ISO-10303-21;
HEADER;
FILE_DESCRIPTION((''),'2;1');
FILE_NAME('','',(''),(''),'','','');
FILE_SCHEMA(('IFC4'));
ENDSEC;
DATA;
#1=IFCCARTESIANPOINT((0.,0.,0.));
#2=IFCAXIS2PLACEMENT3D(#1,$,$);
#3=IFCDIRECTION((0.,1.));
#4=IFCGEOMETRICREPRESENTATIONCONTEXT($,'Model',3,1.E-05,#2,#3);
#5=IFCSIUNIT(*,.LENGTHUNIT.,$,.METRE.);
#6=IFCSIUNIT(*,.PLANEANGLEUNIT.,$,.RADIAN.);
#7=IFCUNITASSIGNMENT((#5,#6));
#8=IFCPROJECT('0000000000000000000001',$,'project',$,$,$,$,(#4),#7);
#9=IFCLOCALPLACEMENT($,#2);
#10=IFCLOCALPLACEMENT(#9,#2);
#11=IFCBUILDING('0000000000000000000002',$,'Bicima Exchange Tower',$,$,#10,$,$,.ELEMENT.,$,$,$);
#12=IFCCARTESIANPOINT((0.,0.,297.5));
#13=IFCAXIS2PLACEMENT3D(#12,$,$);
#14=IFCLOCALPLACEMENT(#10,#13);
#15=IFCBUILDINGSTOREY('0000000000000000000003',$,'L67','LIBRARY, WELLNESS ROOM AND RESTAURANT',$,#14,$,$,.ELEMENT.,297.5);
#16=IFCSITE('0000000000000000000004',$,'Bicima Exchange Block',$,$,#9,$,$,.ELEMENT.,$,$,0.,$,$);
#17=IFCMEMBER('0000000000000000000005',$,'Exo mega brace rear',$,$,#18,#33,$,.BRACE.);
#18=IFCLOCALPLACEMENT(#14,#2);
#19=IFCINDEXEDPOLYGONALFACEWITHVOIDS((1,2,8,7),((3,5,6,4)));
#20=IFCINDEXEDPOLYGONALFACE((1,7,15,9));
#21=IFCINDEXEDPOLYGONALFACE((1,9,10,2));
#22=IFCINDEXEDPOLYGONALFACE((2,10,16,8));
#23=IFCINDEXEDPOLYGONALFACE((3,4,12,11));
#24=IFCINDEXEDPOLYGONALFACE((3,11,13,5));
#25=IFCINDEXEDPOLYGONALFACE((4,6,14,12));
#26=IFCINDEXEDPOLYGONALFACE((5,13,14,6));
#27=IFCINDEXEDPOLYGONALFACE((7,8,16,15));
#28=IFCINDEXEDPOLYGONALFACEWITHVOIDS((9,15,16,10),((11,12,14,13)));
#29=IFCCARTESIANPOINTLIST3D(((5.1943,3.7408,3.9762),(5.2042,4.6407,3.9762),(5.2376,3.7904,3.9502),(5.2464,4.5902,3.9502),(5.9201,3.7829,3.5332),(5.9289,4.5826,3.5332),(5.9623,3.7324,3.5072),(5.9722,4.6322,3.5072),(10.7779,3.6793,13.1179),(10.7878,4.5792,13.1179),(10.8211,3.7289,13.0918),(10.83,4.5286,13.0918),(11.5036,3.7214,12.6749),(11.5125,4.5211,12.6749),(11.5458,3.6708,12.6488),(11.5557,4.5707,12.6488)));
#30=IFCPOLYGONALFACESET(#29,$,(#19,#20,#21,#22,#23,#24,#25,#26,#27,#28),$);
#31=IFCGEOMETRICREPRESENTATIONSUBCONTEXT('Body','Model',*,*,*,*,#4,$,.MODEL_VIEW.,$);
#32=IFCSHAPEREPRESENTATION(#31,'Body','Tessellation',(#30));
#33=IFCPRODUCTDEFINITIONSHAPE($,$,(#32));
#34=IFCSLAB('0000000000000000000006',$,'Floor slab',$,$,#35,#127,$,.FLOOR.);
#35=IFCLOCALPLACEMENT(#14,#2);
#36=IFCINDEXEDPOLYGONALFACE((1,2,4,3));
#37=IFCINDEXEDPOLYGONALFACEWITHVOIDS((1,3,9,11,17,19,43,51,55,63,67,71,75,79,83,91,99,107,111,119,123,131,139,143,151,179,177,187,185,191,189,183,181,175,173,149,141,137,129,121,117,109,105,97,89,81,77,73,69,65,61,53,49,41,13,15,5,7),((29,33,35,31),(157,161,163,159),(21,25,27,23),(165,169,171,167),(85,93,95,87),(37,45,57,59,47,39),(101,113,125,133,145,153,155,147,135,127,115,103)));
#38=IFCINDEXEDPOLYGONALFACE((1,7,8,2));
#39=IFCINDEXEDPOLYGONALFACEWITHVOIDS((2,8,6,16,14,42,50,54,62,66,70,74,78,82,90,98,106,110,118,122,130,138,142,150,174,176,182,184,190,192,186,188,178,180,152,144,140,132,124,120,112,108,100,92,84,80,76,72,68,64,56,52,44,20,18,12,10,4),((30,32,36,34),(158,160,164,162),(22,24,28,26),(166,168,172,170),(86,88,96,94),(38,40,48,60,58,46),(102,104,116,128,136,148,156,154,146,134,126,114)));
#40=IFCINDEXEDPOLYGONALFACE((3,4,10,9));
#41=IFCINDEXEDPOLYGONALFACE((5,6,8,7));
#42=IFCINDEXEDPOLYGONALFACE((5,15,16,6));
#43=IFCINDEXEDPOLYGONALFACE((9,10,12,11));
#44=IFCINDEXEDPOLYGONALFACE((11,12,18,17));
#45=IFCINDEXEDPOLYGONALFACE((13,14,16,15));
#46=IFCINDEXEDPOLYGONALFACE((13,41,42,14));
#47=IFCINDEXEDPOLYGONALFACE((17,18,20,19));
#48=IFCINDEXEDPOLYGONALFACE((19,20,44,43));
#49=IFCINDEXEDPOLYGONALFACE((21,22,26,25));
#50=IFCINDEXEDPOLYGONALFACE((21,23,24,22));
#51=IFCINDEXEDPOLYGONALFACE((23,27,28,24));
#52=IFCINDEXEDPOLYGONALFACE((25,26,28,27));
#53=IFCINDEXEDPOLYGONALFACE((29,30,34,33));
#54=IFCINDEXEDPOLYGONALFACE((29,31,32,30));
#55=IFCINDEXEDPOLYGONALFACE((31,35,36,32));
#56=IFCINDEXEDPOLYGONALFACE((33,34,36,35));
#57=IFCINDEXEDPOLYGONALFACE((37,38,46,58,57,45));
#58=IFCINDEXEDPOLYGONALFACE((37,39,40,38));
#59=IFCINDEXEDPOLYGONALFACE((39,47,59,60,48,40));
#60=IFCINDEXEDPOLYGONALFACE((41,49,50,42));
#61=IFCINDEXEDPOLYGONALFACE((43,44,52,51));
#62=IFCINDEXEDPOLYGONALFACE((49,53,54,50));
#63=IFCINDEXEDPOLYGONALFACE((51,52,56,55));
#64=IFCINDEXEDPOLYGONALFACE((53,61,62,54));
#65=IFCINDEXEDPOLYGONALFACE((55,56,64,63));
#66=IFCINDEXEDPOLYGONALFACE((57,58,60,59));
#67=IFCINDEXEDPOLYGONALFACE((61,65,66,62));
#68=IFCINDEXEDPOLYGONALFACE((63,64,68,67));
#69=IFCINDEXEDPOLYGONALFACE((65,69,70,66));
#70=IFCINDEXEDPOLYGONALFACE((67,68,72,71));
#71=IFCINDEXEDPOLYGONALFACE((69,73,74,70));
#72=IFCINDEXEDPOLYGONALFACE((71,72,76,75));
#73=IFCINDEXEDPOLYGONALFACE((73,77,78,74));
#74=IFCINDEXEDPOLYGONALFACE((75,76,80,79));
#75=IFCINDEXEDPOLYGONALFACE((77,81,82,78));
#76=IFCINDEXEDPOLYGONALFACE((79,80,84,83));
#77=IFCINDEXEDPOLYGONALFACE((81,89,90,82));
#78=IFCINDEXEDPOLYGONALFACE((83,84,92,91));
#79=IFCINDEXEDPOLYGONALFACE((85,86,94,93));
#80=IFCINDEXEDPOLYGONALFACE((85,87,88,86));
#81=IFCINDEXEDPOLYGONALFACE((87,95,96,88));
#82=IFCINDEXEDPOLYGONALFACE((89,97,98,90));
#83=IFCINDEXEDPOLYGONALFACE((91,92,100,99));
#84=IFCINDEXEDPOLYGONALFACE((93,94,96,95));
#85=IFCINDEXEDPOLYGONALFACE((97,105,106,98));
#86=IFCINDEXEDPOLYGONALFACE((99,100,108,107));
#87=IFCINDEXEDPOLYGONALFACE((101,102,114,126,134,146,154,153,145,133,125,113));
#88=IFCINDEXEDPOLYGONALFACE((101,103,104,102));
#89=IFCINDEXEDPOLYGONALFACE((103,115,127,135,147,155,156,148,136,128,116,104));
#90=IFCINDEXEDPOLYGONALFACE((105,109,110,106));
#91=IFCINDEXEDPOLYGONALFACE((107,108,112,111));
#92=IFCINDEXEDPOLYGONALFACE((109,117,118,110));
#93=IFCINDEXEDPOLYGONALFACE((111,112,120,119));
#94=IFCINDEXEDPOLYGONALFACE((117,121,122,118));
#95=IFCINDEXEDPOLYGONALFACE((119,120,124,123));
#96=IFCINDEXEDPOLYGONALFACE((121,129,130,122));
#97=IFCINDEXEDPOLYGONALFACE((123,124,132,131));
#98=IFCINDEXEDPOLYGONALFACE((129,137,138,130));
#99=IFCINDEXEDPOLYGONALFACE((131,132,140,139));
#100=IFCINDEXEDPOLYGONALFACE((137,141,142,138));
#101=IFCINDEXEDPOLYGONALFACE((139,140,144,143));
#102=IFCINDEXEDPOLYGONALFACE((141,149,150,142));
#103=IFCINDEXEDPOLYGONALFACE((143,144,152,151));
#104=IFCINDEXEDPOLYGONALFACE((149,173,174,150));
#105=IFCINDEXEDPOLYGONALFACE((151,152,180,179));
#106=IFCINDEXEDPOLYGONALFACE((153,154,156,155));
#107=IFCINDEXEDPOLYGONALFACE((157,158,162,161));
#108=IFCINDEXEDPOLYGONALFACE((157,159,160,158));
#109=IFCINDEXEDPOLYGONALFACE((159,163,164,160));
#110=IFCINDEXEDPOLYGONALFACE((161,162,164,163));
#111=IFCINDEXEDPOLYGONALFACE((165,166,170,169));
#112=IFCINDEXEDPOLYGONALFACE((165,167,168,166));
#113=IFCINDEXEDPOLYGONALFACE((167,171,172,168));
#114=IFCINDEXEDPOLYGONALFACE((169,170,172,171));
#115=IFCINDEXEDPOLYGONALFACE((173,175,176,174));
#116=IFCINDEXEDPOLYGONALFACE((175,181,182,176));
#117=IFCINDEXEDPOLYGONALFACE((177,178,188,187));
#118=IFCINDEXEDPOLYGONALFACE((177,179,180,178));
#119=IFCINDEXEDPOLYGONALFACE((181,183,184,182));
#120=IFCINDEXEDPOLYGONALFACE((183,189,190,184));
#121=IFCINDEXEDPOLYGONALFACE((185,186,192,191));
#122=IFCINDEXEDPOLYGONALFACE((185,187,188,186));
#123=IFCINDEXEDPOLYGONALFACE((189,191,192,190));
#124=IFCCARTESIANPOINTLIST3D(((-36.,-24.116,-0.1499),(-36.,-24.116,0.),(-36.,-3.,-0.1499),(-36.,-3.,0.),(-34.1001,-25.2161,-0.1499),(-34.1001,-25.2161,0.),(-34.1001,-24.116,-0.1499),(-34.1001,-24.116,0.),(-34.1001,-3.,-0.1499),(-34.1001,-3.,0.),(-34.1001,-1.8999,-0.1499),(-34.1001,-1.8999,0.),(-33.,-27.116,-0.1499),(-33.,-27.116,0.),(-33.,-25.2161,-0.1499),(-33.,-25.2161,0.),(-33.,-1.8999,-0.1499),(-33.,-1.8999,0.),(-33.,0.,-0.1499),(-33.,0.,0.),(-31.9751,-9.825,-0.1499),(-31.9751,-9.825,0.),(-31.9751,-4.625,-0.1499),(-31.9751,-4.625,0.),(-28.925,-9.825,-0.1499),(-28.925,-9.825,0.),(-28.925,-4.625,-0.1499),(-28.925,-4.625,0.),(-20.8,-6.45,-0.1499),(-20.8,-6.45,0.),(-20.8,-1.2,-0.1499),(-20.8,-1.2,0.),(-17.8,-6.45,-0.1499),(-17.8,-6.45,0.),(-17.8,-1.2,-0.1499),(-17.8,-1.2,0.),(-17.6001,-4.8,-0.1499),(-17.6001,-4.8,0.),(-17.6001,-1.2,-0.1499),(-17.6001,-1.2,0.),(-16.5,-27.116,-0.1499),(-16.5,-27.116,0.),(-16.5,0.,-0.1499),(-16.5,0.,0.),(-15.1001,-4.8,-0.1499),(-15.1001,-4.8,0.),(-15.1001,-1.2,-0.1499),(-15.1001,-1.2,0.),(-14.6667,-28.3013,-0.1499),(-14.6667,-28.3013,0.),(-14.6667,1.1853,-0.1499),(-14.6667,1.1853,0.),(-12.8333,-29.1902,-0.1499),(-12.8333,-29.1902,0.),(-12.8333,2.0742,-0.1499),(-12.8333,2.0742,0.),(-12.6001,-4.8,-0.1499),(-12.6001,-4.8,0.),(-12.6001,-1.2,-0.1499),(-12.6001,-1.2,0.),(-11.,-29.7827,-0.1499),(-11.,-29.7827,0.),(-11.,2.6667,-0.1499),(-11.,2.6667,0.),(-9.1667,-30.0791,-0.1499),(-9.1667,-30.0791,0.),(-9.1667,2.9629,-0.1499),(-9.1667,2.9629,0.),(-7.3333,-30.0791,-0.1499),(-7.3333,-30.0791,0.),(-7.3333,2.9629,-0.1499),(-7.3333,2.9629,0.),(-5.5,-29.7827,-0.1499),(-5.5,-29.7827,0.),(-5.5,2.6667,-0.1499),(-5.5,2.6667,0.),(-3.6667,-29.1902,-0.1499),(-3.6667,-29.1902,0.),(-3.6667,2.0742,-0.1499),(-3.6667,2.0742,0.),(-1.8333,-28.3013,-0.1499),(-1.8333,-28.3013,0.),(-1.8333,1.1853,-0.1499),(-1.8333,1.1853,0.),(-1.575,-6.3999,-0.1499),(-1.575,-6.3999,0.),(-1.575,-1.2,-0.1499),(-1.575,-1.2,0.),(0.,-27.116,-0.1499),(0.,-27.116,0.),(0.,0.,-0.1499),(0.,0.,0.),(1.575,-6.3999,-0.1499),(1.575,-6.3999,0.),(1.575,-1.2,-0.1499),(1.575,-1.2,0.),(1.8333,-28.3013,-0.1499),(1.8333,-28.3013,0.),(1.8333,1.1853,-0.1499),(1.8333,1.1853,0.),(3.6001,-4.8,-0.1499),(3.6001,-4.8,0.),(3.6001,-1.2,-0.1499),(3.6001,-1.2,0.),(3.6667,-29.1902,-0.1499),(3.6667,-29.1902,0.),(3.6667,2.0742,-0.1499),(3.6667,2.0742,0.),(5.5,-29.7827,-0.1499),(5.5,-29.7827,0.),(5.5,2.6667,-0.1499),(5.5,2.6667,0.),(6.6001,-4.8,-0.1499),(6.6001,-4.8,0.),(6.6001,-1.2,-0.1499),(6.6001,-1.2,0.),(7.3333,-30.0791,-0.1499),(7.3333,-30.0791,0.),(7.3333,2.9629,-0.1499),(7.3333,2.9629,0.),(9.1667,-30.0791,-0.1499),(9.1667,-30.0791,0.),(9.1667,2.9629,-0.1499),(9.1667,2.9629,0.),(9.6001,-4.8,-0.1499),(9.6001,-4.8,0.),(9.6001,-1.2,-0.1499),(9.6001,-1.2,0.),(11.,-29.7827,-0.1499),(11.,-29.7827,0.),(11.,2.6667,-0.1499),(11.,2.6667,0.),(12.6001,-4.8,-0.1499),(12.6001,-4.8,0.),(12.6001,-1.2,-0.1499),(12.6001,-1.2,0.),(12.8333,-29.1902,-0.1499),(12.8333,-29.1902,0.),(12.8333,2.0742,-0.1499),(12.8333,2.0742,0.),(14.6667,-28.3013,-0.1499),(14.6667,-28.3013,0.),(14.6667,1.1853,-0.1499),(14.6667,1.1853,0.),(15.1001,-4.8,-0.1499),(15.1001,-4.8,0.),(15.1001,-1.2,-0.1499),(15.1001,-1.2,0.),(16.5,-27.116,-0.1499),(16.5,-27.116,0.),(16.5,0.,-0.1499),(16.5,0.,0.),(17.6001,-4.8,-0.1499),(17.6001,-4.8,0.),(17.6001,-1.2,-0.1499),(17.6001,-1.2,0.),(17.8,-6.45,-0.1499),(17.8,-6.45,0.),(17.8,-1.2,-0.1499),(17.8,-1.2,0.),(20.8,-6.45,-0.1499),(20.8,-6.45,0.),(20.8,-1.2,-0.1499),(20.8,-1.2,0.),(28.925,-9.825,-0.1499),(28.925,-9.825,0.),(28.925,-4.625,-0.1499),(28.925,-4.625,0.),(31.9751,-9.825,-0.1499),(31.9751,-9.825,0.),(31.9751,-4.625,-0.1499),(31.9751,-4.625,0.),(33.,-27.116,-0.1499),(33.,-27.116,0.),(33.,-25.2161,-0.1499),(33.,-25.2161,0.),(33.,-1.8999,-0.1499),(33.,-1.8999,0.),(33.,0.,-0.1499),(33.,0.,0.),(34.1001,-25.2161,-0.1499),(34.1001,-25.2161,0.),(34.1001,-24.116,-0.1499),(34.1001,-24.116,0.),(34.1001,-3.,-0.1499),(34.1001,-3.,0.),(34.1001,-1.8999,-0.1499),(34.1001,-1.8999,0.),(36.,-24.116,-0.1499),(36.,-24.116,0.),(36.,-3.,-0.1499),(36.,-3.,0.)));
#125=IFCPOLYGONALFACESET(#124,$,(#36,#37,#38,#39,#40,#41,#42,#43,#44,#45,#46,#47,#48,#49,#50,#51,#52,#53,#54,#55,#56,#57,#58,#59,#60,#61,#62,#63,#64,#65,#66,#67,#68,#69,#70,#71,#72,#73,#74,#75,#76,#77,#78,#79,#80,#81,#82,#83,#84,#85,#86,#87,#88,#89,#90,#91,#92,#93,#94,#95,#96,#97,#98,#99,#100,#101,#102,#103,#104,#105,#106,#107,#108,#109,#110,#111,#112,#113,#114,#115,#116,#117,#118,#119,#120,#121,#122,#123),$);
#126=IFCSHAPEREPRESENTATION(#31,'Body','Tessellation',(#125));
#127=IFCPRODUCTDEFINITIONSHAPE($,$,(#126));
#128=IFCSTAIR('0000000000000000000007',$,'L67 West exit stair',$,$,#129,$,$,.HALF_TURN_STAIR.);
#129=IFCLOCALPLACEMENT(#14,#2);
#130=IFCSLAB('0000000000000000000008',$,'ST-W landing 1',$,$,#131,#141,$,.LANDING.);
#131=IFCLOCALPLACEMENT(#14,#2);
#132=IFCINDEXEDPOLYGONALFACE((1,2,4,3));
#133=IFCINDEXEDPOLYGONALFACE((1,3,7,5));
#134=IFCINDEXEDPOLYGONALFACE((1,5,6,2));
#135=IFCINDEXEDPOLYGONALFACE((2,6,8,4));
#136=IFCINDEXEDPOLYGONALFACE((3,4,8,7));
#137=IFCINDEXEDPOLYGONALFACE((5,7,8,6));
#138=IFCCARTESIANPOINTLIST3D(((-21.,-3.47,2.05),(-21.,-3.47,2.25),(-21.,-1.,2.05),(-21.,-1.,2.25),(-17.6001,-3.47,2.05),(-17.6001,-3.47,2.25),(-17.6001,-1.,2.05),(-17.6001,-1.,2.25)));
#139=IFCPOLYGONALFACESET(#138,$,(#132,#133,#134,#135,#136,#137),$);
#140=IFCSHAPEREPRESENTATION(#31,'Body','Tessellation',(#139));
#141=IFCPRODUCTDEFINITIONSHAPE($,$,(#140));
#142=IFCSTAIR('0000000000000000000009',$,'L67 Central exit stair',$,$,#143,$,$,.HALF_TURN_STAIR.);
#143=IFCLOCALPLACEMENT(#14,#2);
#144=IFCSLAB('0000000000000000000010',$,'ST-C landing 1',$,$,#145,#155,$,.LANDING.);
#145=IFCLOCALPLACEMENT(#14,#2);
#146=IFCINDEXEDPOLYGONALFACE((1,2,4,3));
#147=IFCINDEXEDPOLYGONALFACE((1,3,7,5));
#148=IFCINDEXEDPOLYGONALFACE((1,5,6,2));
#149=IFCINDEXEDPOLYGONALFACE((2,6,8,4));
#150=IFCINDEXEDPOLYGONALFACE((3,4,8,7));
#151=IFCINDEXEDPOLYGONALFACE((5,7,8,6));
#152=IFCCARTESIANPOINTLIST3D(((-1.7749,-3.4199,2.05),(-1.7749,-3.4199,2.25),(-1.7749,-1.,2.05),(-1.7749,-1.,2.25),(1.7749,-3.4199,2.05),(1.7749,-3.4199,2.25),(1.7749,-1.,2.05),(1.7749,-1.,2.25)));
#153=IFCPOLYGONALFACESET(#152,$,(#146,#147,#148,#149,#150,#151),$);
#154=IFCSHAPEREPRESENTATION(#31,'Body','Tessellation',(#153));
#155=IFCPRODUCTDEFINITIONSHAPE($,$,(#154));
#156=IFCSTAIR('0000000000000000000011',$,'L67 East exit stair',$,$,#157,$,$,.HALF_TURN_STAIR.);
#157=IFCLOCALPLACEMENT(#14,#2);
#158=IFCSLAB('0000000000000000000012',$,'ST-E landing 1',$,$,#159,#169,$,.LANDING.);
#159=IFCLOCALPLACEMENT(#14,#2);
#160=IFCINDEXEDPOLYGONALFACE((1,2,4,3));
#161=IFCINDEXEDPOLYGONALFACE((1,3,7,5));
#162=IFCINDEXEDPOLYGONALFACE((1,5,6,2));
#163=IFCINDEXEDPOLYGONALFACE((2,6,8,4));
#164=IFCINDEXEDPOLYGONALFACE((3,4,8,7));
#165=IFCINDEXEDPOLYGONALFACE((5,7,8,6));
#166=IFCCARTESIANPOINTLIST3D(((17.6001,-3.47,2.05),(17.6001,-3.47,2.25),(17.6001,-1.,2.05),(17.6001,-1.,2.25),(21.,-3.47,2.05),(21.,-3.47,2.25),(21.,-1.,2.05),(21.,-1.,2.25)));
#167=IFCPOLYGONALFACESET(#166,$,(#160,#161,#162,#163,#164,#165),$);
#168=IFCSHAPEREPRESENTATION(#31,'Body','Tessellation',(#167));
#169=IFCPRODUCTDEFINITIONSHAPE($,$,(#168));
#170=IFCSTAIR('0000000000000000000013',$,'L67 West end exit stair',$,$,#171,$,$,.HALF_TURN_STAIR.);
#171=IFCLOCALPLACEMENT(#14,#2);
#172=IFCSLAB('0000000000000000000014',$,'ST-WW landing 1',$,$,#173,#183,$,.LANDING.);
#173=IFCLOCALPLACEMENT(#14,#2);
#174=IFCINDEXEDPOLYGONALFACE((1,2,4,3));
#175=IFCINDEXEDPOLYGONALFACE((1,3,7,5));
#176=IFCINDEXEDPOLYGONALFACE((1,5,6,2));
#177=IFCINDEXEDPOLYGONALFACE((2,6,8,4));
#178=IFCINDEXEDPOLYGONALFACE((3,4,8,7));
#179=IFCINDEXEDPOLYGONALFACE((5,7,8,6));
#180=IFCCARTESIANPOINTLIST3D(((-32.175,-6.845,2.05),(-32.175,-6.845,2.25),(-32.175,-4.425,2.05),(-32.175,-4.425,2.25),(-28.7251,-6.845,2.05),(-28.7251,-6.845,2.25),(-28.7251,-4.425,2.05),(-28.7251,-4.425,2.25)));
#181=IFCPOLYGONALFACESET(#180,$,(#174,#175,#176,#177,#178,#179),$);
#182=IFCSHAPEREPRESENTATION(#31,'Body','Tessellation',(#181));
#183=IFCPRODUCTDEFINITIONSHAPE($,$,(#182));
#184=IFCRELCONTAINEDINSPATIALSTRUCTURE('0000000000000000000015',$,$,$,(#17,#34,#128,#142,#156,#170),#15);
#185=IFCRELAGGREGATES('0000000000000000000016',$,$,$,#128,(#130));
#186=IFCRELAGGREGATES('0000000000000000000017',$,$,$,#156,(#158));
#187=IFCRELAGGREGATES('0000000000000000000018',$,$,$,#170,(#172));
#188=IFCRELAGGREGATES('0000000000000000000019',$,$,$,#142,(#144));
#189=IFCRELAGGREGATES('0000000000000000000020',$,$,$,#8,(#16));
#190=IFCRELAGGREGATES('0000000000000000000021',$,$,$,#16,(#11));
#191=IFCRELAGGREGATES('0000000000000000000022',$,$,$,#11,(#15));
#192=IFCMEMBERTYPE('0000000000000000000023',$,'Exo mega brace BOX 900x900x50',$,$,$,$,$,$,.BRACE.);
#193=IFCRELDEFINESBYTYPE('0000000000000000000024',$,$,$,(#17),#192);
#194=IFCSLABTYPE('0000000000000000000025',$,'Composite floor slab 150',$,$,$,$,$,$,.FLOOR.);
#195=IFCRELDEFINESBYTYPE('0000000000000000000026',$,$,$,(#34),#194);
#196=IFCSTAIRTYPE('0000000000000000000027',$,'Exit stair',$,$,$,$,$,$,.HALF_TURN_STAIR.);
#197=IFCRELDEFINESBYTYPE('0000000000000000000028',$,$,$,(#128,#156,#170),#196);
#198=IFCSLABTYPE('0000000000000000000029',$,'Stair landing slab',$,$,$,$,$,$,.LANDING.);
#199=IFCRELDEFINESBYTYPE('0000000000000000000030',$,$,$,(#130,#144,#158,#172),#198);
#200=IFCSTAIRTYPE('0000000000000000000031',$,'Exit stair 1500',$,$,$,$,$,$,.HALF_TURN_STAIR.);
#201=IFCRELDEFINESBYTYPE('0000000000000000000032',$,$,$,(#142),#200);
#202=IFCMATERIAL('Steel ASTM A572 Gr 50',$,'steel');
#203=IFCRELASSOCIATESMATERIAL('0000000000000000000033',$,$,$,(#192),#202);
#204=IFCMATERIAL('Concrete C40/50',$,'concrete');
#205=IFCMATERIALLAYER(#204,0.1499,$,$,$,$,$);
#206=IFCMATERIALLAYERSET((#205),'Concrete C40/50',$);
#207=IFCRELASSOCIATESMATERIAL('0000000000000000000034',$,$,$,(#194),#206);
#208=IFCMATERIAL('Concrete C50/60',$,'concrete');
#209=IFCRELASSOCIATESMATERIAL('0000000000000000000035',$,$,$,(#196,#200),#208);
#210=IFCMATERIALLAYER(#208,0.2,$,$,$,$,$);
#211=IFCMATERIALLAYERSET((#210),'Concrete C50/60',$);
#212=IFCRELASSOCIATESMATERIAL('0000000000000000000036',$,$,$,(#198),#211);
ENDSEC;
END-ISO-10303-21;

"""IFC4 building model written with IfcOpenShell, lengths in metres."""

from ifc_helpers import new_model, si_unit, direction, frame, origin, origin_2d, place, context, subcontext, project, spatial, polyline, hollow_rectangle, outline, extrude, material, layer, layer_set, material_profile, profile_set, type_object, element, aggregate, save


model = new_model("IFC4")

# Units and contexts
model_context = context("Model", 3, precision=1e-05, world=origin(), true_north=direction((0.0, 1.0)))
body_context = subcontext(model_context, "Body", "Model", "MODEL_VIEW")
ifc_project = project(units=[si_unit("LENGTHUNIT", "METRE"), si_unit("PLANEANGLEUNIT", "RADIAN")], contexts=[model_context])

# Site, building, storey
site_placement = place(None, origin())
site = spatial("IfcSite", under=ifc_project, at=site_placement, Name="Bicima Exchange Block", CompositionType="ELEMENT", RefElevation=0.0)
building_placement = place(site_placement, origin())
building = spatial("IfcBuilding", under=site, at=building_placement, Name="Bicima Exchange Tower", CompositionType="ELEMENT")
storey_placement = place(building_placement, frame((0.0, 0.0, 297.5)))
storey = spatial("IfcBuildingStorey", under=building, at=storey_placement, Name="L67", Description="LIBRARY, WELLNESS ROOM AND RESTAURANT", CompositionType="ELEMENT", Elevation=297.5)

# Member
ifc_material_1 = material(Name="Steel ASTM A572 Gr 50", Category="steel")
ifc_material_profile = material_profile(ifc_material_1, hollow_rectangle(XDim=0.8999, YDim=0.8999, WallThickness=0.05, at=origin_2d()))
ifc_profile_set = profile_set([ifc_material_profile], Name="Steel ASTM A572 Gr 50")
member_type = type_object("IfcMemberType", Name="Exo mega brace BOX 900x900x50", PredefinedType="BRACE", material=ifc_profile_set)
member_placement = place(storey_placement, frame((5.5833, 4.1865, 3.7417), z_axis=(0.521235, -0.005743, 0.853394), x_axis=(0.011018, 0.999939, 0.0)))
element("IfcMember", 1, at=member_placement, inside=storey, type_object=member_type, Name="Exo mega brace rear", PredefinedType="BRACE", context=body_context, shape_type="SweptSolid", body=[
    extrude(hollow_rectangle(XDim=0.8999, YDim=0.8999, WallThickness=0.05, at=origin_2d()), origin(), (0.0, 0.0, 1.0), 10.7122),
])

# Slab
ifc_material_2 = material(Name="Concrete C40/50", Category="concrete")
ifc_layer_1 = layer(ifc_material_2, 0.1499)
ifc_layer_set_1 = layer_set([ifc_layer_1], Name="Concrete C40/50")
slab_type_1 = type_object("IfcSlabType", Name="Composite floor slab 150", PredefinedType="FLOOR", material=ifc_layer_set_1)
slab_1_placement = place(storey_placement, frame((0.0, 0.0, -0.1499)))
element("IfcSlab", 2, at=slab_1_placement, inside=storey, type_object=slab_type_1, Name="Floor slab", PredefinedType="FLOOR", context=body_context, shape_type="SweptSolid", body=[
    extrude(outline(polyline([(-36.0, -24.116), (-36.0, -3.0), (-34.1001, -3.0), (-34.1001, -1.8999), (-33.0, -1.8999), (-33.0, 0.0), (-16.5, 0.0), (-14.6667, 1.1853), (-12.8333, 2.0742), (-11.0, 2.6667), (-9.1667, 2.9629), (-7.3333, 2.9629), (-5.5, 2.6667), (-3.6667, 2.0742), (-1.8333, 1.1853), (0.0, 0.0), (1.8333, 1.1853), (3.6667, 2.0742), (5.5, 2.6667), (7.3333, 2.9629), (9.1667, 2.9629), (11.0, 2.6667), (12.8333, 2.0742), (14.6667, 1.1853), (16.5, 0.0), (33.0, 0.0), (33.0, -1.8999), (34.1001, -1.8999), (34.1001, -3.0), (36.0, -3.0), (36.0, -24.116), (34.1001, -24.116), (34.1001, -25.2161), (33.0, -25.2161), (33.0, -27.116), (16.5, -27.116), (14.6667, -28.3013), (12.8333, -29.1902), (11.0, -29.7827), (9.1667, -30.0791), (7.3333, -30.0791), (5.5, -29.7827), (3.6667, -29.1902), (1.8333, -28.3013), (0.0, -27.116), (-1.8333, -28.3013), (-3.6667, -29.1902), (-5.5, -29.7827), (-7.3333, -30.0791), (-9.1667, -30.0791), (-11.0, -29.7827), (-12.8333, -29.1902), (-14.6667, -28.3013), (-16.5, -27.116), (-33.0, -27.116), (-33.0, -25.2161), (-34.1001, -25.2161), (-34.1001, -24.116), (-36.0, -24.116)]), holes=[polyline([(-28.925, -9.825), (-28.925, -4.625), (-31.9751, -4.625), (-31.9751, -9.825), (-28.925, -9.825)]), polyline([(-20.8, -6.45), (-17.8, -6.45), (-17.8, -1.2), (-20.8, -1.2), (-20.8, -6.45)]), polyline([(-1.575, -6.3999), (1.575, -6.3999), (1.575, -1.2), (-1.575, -1.2), (-1.575, -6.3999)]), polyline([(-12.6001, -1.2), (-15.1001, -1.2), (-17.6001, -1.2), (-17.6001, -4.8), (-15.1001, -4.8), (-12.6001, -4.8), (-12.6001, -1.2)]), polyline([(3.6001, -4.8), (6.6001, -4.8), (9.6001, -4.8), (12.6001, -4.8), (15.1001, -4.8), (17.6001, -4.8), (17.6001, -1.2), (15.1001, -1.2), (12.6001, -1.2), (9.6001, -1.2), (6.6001, -1.2), (3.6001, -1.2), (3.6001, -4.8)]), polyline([(31.9751, -9.825), (31.9751, -4.625), (28.925, -4.625), (28.925, -9.825), (31.9751, -9.825)]), polyline([(17.8, -6.45), (20.8, -6.45), (20.8, -1.2), (17.8, -1.2), (17.8, -6.45)])]), origin(), (0.0, 0.0, 1.0), 0.1499),
])

# Stairs, slabs
ifc_material_3 = material(Name="Concrete C50/60", Category="concrete")
stair_type_1 = type_object("IfcStairType", Name="Exit stair", PredefinedType="HALF_TURN_STAIR", material=ifc_material_3)
stair_1_placement = place(storey_placement, origin())
stair_1 = element("IfcStair", 3, at=stair_1_placement, inside=storey, type_object=stair_type_1, Name="L67 West exit stair", PredefinedType="HALF_TURN_STAIR")
ifc_layer_2 = layer(ifc_material_3, 0.2)
ifc_layer_set_2 = layer_set([ifc_layer_2], Name="Concrete C50/60")
slab_type_2 = type_object("IfcSlabType", Name="Stair landing slab", PredefinedType="LANDING", material=ifc_layer_set_2)
slab_2_placement = place(storey_placement, frame((0.0, 0.0, 2.05)))
slab_2 = element("IfcSlab", 4, at=slab_2_placement, type_object=slab_type_2, Name="ST-W landing 1", PredefinedType="LANDING", context=body_context, shape_type="SweptSolid", body=[
    extrude(outline(polyline([(-17.6001, -3.47), (-17.6001, -1.0), (-21.0, -1.0), (-21.0, -3.47), (-17.6001, -3.47)])), origin(), (0.0, 0.0, 1.0), 0.2),
])
aggregate(stair_1, [slab_2])
stair_type_2 = type_object("IfcStairType", Name="Exit stair 1500", PredefinedType="HALF_TURN_STAIR", material=ifc_material_3)
stair_2_placement = place(storey_placement, origin())
stair_2 = element("IfcStair", 5, at=stair_2_placement, inside=storey, type_object=stair_type_2, Name="L67 Central exit stair", PredefinedType="HALF_TURN_STAIR")
slab_3_placement = place(storey_placement, frame((0.0, 0.0, 2.05)))
slab_3 = element("IfcSlab", 6, at=slab_3_placement, type_object=slab_type_2, Name="ST-C landing 1", PredefinedType="LANDING", context=body_context, shape_type="SweptSolid", body=[
    extrude(outline(polyline([(1.7749, -3.4199), (1.7749, -1.0), (-1.7749, -1.0), (-1.7749, -3.4199), (1.7749, -3.4199)])), origin(), (0.0, 0.0, 1.0), 0.2),
])
stair_3_placement = place(storey_placement, origin())
stair_3 = element("IfcStair", 7, at=stair_3_placement, inside=storey, type_object=stair_type_1, Name="L67 East exit stair", PredefinedType="HALF_TURN_STAIR")
slab_4_placement = place(storey_placement, frame((0.0, 0.0, 2.05)))
slab_4 = element("IfcSlab", 8, at=slab_4_placement, type_object=slab_type_2, Name="ST-E landing 1", PredefinedType="LANDING", context=body_context, shape_type="SweptSolid", body=[
    extrude(outline(polyline([(21.0, -3.47), (21.0, -1.0), (17.6001, -1.0), (17.6001, -3.47), (21.0, -3.47)])), origin(), (0.0, 0.0, 1.0), 0.2),
])
aggregate(stair_3, [slab_4])
stair_4_placement = place(storey_placement, origin())
stair_4 = element("IfcStair", 9, at=stair_4_placement, inside=storey, type_object=stair_type_1, Name="L67 West end exit stair", PredefinedType="HALF_TURN_STAIR")
slab_5_placement = place(storey_placement, frame((0.0, 0.0, 2.05)))
slab_5 = element("IfcSlab", 10, at=slab_5_placement, type_object=slab_type_2, Name="ST-WW landing 1", PredefinedType="LANDING", context=body_context, shape_type="SweptSolid", body=[
    extrude(outline(polyline([(-28.7251, -6.845), (-28.7251, -4.425), (-32.175, -4.425), (-32.175, -6.845), (-28.7251, -6.845)])), origin(), (0.0, 0.0, 1.0), 0.2),
])
aggregate(stair_4, [slab_5])

aggregate(stair_2, [slab_3])

save(model, "model.ifc")
